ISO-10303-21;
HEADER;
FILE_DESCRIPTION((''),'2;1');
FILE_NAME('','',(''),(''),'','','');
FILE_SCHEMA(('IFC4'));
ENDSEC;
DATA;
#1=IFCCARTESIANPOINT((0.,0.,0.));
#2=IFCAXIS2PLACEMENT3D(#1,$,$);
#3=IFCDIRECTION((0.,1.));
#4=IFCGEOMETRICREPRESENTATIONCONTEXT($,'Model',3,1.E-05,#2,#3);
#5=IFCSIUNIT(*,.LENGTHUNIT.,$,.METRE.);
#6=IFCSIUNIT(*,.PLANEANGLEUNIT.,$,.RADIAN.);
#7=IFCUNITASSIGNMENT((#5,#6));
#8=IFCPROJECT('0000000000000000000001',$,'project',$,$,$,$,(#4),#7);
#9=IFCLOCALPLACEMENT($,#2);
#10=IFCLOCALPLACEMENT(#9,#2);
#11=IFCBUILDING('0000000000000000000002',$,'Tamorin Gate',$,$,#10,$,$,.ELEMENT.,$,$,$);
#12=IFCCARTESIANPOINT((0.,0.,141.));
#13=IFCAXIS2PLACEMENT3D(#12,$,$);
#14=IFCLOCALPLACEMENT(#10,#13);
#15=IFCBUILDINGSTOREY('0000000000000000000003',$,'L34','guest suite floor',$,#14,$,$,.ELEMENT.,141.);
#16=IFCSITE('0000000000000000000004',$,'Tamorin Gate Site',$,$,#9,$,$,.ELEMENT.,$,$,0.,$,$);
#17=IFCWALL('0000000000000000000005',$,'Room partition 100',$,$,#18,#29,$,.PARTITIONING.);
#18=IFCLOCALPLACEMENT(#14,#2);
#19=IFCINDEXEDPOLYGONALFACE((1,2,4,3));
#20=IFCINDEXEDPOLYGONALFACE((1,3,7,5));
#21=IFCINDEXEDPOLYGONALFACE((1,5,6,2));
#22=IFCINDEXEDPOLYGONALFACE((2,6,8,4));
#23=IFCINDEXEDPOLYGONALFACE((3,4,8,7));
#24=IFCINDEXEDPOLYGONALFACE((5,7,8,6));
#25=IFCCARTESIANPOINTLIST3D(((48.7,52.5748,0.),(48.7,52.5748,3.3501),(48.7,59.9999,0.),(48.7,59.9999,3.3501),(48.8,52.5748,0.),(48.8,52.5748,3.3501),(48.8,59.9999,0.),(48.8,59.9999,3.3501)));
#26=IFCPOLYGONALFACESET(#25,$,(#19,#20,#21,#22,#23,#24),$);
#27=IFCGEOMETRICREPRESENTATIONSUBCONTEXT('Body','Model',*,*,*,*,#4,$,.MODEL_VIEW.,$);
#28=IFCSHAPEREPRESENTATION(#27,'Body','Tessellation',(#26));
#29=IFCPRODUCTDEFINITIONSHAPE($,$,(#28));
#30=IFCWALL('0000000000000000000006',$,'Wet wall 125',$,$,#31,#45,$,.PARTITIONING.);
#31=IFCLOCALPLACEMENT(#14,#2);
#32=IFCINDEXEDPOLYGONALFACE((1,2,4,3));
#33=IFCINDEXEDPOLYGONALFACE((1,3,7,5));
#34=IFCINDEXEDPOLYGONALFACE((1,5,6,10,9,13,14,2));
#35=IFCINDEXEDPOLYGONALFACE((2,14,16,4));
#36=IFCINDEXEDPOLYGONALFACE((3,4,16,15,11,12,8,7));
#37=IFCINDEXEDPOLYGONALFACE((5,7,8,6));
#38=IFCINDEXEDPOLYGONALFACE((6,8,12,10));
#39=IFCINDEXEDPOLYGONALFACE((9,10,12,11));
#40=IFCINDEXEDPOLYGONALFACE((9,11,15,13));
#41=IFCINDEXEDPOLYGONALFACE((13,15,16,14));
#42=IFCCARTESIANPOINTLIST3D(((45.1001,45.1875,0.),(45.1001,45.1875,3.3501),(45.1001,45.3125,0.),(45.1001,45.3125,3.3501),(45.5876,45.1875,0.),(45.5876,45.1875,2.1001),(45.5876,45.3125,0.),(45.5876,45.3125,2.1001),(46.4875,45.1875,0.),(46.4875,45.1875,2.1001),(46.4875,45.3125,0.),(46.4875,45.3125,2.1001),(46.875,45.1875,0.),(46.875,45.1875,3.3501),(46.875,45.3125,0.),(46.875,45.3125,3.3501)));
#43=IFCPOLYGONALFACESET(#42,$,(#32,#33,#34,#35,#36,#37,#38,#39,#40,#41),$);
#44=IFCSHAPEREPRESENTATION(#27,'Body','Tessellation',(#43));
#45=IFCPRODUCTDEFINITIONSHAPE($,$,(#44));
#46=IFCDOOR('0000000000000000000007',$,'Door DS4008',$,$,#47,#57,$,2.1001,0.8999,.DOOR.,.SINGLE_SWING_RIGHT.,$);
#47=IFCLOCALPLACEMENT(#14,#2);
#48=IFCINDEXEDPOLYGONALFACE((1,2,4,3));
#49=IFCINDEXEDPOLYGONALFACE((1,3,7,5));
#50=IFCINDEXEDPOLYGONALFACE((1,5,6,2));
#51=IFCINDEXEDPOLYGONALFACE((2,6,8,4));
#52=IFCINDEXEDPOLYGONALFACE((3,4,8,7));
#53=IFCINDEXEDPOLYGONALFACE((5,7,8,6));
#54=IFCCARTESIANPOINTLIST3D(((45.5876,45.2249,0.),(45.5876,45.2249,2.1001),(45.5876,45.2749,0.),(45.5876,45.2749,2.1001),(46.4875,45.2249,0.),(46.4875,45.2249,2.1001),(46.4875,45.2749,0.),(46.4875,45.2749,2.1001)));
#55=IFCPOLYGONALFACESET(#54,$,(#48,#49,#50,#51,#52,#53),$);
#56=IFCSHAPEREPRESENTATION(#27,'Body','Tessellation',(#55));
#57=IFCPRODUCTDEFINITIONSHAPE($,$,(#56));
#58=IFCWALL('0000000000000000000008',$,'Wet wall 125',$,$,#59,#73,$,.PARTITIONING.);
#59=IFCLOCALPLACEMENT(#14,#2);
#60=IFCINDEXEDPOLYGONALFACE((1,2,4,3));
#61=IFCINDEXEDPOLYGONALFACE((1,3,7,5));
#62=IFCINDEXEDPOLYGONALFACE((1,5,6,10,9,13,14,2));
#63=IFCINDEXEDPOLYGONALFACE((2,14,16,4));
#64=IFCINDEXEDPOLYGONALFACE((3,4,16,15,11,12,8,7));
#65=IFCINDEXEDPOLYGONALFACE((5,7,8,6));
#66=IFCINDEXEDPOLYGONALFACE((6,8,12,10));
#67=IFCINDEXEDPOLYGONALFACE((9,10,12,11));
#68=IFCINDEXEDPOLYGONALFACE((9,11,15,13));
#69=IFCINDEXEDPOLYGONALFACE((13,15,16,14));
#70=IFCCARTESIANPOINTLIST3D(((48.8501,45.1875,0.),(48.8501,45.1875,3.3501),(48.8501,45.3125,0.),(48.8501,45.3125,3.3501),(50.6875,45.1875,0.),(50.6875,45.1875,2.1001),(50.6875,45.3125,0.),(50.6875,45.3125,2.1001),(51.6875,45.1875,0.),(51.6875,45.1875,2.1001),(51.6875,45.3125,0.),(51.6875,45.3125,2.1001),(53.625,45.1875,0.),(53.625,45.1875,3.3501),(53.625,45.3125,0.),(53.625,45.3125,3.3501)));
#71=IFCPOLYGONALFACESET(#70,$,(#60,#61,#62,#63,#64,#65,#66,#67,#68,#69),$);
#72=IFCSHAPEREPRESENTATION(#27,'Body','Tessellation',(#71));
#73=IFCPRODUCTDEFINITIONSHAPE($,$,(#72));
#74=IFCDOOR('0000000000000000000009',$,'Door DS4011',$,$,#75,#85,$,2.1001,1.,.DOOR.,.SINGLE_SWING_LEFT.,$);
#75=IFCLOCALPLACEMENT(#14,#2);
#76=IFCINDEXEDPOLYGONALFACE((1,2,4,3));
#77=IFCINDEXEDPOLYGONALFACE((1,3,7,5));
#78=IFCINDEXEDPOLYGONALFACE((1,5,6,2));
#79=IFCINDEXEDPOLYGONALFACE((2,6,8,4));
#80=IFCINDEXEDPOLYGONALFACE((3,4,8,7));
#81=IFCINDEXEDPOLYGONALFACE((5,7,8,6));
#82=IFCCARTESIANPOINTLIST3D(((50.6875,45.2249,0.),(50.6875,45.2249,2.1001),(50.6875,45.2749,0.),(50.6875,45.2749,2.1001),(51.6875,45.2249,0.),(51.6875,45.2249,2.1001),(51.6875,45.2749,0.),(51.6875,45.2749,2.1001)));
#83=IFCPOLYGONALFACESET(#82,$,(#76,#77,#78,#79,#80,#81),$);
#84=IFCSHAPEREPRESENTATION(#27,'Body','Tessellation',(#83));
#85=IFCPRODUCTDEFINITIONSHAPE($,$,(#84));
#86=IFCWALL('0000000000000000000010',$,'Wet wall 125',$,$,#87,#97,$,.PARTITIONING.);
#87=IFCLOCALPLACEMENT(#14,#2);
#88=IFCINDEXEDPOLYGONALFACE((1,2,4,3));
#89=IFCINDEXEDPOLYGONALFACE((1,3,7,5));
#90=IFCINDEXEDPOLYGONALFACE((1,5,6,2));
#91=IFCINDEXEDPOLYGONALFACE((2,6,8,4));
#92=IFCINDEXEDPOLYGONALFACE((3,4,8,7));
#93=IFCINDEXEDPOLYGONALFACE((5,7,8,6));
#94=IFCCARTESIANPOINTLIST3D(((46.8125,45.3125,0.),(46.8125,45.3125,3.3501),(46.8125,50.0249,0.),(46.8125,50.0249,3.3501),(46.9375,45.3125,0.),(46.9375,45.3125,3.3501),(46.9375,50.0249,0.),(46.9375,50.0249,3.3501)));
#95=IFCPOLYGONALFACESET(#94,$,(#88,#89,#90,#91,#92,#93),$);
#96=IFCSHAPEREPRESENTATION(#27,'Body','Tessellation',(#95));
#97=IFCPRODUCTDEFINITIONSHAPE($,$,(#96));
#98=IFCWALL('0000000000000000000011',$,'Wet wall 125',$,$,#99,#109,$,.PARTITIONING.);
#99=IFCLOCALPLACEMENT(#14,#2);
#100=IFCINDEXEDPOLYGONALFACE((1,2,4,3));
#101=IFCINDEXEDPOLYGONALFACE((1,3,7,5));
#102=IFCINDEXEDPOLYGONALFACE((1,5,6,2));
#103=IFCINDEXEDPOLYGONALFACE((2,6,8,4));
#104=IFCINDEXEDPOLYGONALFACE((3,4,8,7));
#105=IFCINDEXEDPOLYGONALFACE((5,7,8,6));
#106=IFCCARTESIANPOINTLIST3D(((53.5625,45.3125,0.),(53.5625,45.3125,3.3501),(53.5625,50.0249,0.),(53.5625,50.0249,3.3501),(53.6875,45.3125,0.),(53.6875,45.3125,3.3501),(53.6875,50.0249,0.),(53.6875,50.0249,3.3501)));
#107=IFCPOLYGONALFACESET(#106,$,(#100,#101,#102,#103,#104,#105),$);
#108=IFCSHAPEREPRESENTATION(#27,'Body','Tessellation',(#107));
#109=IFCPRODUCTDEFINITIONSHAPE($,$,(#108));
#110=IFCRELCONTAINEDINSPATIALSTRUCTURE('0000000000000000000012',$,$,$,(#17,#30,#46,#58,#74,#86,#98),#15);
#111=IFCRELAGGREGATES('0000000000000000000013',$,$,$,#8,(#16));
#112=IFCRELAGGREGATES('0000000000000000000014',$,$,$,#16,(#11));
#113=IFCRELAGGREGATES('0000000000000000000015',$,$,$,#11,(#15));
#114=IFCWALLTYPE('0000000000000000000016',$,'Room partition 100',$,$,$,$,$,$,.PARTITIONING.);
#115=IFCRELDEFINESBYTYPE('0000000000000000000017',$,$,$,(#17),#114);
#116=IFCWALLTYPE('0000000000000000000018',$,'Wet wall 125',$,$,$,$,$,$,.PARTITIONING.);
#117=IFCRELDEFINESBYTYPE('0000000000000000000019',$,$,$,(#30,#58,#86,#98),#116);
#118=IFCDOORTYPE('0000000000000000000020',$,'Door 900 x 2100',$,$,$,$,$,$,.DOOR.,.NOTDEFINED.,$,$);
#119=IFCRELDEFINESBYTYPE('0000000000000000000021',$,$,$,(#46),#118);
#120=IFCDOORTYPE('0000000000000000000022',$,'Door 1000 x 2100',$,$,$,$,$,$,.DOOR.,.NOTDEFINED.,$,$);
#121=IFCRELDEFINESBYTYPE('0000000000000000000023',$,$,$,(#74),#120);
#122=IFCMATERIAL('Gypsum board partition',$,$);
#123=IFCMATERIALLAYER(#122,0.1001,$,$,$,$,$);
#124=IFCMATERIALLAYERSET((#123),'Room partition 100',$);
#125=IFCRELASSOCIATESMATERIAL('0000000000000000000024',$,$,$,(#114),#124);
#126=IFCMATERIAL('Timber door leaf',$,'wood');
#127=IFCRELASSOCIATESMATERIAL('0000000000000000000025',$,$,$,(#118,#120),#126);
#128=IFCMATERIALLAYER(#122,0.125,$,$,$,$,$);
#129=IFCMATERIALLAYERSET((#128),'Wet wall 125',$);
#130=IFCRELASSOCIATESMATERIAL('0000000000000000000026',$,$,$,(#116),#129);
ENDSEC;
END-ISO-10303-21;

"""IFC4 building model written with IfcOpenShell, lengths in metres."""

from ifc_helpers import new_model, si_unit, direction, frame, frame_2d, origin, place, context, subcontext, project, spatial, rectangle, extrude, material, layer, layer_set, type_object, element, fill, save


model = new_model("IFC4")

# Units and contexts
model_context = context("Model", 3, precision=1e-05, world=origin(), true_north=direction((0.0, 1.0)))
body_context = subcontext(model_context, "Body", "Model", "MODEL_VIEW")
ifc_project = project(units=[si_unit("LENGTHUNIT", "METRE"), si_unit("PLANEANGLEUNIT", "RADIAN")], contexts=[model_context])

# Site, building, storey
site_placement = place(None, origin())
site = spatial("IfcSite", under=ifc_project, at=site_placement, Name="Tamorin Gate Site", CompositionType="ELEMENT", RefElevation=0.0)
building_placement = place(site_placement, origin())
building = spatial("IfcBuilding", under=site, at=building_placement, Name="Tamorin Gate", CompositionType="ELEMENT")
storey_placement = place(building_placement, frame((0.0, 0.0, 141.0)))
storey = spatial("IfcBuildingStorey", under=building, at=storey_placement, Name="L34", Description="guest suite floor", CompositionType="ELEMENT", Elevation=141.0)

# Shared definitions
ifc_material_1 = material(Name="Gypsum board partition")

# Shared definitions
ifc_layer_1 = layer(ifc_material_1, 0.1001)
ifc_layer_set_1 = layer_set([ifc_layer_1], Name="Room partition 100")
wall_type_1 = type_object("IfcWallType", Name="Room partition 100", PredefinedType="PARTITIONING", material=ifc_layer_set_1)
ifc_material_2 = material(Name="Timber door leaf", Category="wood")
door_type_1 = type_object("IfcDoorType", Name="Door 900 x 2100", OperationType="NOTDEFINED", PredefinedType="DOOR", material=ifc_material_2)

# Wall
for number, where, z_axis, x_axis, name in (
    (1, (48.75, 52.575, 0.0), (0.0, 0.0, 1.0), (0.0, 1.0, 0.0), "Room partition 100"),
):
    element("IfcWall", number, at=place(storey_placement, frame(where, z_axis=z_axis, x_axis=x_axis)), inside=storey, type_object=wall_type_1, Name=name, PredefinedType="PARTITIONING", context=body_context, shape_type="SweptSolid", body=[
        extrude(rectangle(XDim=7.425, YDim=0.1001, at=frame_2d((3.7124, 0.0))), origin(), (0.0, 0.0, 1.0), 3.3501),
    ])

# Walls, openings, doors
ifc_layer_2 = layer(ifc_material_1, 0.125)
ifc_layer_set_2 = layer_set([ifc_layer_2], Name="Wet wall 125")
wall_type_2 = type_object("IfcWallType", Name="Wet wall 125", PredefinedType="PARTITIONING", material=ifc_layer_set_2)
wall_1_placement = place(storey_placement, frame((45.1001, 45.25, 0.0), z_axis=(0.0, 0.0, 1.0), x_axis=(1.0, 0.0, 0.0)))
wall_1 = element("IfcWall", 2, at=wall_1_placement, inside=storey, type_object=wall_type_2, Name="Wet wall 125", PredefinedType="PARTITIONING", context=body_context, shape_type="SweptSolid", body=[
    extrude(rectangle(XDim=1.7749, YDim=0.125, at=frame_2d((0.8875, 0.0))), origin(), (0.0, 0.0, 1.0), 3.3501),
])
opening_1_placement = place(wall_1_placement, frame((0.4875, 0.0, 0.0)))
opening_1 = element("IfcOpeningElement", 3, at=opening_1_placement, cuts=wall_1, PredefinedType="OPENING", context=body_context, shape_type="SweptSolid", body=[
    extrude(rectangle(XDim=0.8999, YDim=2.1001, at=frame_2d((0.45, 1.05))), frame((0.0, 0.0725, 0.0), z_axis=(0.0, -1.0, 0.0), x_axis=(1.0, 0.0, 0.0)), (0.0, 0.0, 1.0), 0.145),
])
door_1_placement = place(opening_1_placement, origin())
door_1 = element("IfcDoor", 4, at=door_1_placement, inside=storey, type_object=door_type_1, Name="Door DS4008", OperationType="SINGLE_SWING_RIGHT", OverallHeight=2.1001, OverallWidth=0.8999, PredefinedType="DOOR", context=body_context, shape_type="SweptSolid", body=[
    extrude(rectangle(XDim=0.8999, YDim=2.1001, at=frame_2d((0.45, 1.05))), frame((0.0, 0.0249, 0.0), z_axis=(0.0, -1.0, 0.0), x_axis=(1.0, 0.0, 0.0)), (0.0, 0.0, 1.0), 0.05),
])
fill(opening_1, door_1)
wall_2_placement = place(storey_placement, frame((48.8501, 45.25, 0.0), z_axis=(0.0, 0.0, 1.0), x_axis=(1.0, 0.0, 0.0)))
wall_2 = element("IfcWall", 5, at=wall_2_placement, inside=storey, type_object=wall_type_2, Name="Wet wall 125", PredefinedType="PARTITIONING", context=body_context, shape_type="SweptSolid", body=[
    extrude(rectangle(XDim=4.7749, YDim=0.125, at=frame_2d((2.3875, 0.0))), origin(), (0.0, 0.0, 1.0), 3.3501),
])
opening_2_placement = place(wall_2_placement, frame((1.8374, 0.0, 0.0)))
opening_2 = element("IfcOpeningElement", 6, at=opening_2_placement, cuts=wall_2, PredefinedType="OPENING", context=body_context, shape_type="SweptSolid", body=[
    extrude(rectangle(XDim=1.0, YDim=2.1001, at=frame_2d((0.5, 1.05))), frame((0.0, 0.0725, 0.0), z_axis=(0.0, -1.0, 0.0), x_axis=(1.0, 0.0, 0.0)), (0.0, 0.0, 1.0), 0.145),
])
door_type_2 = type_object("IfcDoorType", Name="Door 1000 x 2100", OperationType="NOTDEFINED", PredefinedType="DOOR", material=ifc_material_2)
door_2_placement = place(opening_2_placement, origin())
door_2 = element("IfcDoor", 7, at=door_2_placement, inside=storey, type_object=door_type_2, Name="Door DS4011", OperationType="SINGLE_SWING_LEFT", OverallHeight=2.1001, OverallWidth=1.0, PredefinedType="DOOR", context=body_context, shape_type="SweptSolid", body=[
    extrude(rectangle(XDim=1.0, YDim=2.1001, at=frame_2d((0.5, 1.05))), frame((0.0, 0.0249, 0.0), z_axis=(0.0, -1.0, 0.0), x_axis=(1.0, 0.0, 0.0)), (0.0, 0.0, 1.0), 0.05),
])
fill(opening_2, door_2)

# Walls
for number, where, z_axis, x_axis, name in (
    (8, (46.875, 45.3125, 0.0), (0.0, 0.0, 1.0), (0.0, 1.0, 0.0), "Wet wall 125"),
    (9, (53.625, 45.3125, 0.0), (0.0, 0.0, 1.0), (0.0, 1.0, 0.0), "Wet wall 125"),
):
    element("IfcWall", number, at=place(storey_placement, frame(where, z_axis=z_axis, x_axis=x_axis)), inside=storey, type_object=wall_type_2, Name=name, PredefinedType="PARTITIONING", context=body_context, shape_type="SweptSolid", body=[
        extrude(rectangle(XDim=4.7124, YDim=0.125, at=frame_2d((2.3562, 0.0))), origin(), (0.0, 0.0, 1.0), 3.3501),
    ])

save(model, "model.ifc")
